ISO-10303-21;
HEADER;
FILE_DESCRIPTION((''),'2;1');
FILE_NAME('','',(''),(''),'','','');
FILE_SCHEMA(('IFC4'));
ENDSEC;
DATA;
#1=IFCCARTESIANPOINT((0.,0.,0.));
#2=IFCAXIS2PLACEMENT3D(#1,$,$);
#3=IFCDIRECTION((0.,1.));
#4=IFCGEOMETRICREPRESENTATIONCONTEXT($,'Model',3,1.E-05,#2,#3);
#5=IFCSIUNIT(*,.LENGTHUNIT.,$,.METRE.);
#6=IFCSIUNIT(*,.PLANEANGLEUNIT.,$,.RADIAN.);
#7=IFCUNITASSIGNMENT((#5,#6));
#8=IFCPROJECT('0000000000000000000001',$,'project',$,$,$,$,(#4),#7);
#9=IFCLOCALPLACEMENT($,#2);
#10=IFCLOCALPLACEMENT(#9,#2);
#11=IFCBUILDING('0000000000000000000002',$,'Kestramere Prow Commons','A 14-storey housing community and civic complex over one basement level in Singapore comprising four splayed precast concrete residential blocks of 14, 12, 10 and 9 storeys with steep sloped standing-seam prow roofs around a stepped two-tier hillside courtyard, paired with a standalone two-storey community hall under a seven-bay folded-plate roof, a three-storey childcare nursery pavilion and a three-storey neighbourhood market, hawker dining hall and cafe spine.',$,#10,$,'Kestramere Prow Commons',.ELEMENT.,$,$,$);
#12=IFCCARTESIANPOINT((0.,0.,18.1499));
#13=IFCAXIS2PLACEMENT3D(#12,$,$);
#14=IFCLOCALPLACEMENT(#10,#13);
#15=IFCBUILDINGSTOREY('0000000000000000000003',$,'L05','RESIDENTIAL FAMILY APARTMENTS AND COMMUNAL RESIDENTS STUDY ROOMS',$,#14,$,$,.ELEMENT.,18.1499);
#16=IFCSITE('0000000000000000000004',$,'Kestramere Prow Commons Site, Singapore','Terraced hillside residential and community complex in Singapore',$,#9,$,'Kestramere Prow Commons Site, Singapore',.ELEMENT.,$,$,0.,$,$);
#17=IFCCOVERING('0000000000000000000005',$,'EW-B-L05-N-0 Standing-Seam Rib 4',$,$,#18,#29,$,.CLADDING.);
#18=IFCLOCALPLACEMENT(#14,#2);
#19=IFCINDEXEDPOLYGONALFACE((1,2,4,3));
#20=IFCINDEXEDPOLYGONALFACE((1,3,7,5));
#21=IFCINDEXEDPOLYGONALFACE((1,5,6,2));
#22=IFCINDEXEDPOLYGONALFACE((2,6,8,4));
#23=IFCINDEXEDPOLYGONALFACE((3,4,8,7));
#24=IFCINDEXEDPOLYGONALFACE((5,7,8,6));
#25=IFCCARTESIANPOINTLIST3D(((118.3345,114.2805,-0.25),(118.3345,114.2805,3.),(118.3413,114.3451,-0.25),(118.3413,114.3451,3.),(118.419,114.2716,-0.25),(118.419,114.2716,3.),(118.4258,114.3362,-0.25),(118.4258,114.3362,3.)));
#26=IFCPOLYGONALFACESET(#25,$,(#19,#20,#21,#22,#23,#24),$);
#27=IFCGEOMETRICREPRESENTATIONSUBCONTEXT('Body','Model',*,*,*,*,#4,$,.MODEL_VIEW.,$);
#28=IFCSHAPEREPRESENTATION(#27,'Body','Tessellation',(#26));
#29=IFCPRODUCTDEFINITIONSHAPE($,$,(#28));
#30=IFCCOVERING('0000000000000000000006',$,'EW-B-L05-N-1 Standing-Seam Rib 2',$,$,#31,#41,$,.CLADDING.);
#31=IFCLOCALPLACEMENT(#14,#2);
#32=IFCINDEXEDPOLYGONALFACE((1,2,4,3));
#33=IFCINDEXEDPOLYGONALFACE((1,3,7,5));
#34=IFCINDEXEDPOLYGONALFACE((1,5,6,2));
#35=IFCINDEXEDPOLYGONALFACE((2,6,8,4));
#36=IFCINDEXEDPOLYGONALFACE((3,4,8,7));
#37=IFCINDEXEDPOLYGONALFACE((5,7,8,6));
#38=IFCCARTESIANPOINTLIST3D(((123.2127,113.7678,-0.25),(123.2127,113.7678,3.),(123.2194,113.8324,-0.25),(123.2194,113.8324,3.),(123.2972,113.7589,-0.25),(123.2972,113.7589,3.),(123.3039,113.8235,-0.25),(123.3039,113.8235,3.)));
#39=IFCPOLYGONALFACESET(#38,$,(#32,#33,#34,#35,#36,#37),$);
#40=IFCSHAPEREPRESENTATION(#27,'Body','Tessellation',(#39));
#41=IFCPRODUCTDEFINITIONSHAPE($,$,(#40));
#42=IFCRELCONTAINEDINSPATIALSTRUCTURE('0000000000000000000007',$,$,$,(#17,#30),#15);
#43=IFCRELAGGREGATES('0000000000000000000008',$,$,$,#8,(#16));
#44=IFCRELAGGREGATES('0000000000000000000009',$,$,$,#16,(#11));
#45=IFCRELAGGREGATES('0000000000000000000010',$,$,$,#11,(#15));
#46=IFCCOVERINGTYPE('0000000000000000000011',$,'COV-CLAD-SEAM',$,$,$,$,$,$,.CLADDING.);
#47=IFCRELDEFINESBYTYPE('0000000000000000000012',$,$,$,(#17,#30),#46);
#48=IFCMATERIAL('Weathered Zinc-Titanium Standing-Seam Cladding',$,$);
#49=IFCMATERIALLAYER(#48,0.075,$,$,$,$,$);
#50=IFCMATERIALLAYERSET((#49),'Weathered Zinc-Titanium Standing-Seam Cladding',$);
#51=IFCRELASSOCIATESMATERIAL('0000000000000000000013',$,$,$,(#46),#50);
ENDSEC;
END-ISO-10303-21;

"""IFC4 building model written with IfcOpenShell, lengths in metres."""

from ifc_helpers import new_model, si_unit, direction, frame, origin, origin_2d, place, context, subcontext, project, spatial, rectangle, extrude, material, layer, layer_set, type_object, element, save


model = new_model("IFC4")

# Units and contexts
model_context = context("Model", 3, precision=1e-05, world=origin(), true_north=direction((0.0, 1.0)))
body_context = subcontext(model_context, "Body", "Model", "MODEL_VIEW")
ifc_project = project(units=[si_unit("LENGTHUNIT", "METRE"), si_unit("PLANEANGLEUNIT", "RADIAN")], contexts=[model_context])

# Site, building, storey
site_placement = place(None, origin())
site = spatial("IfcSite", under=ifc_project, at=site_placement, Name="Kestramere Prow Commons Site, Singapore", Description="Terraced hillside residential and community complex in Singapore", LongName="Kestramere Prow Commons Site, Singapore", CompositionType="ELEMENT", RefElevation=0.0)
building_placement = place(site_placement, origin())
building = spatial("IfcBuilding", under=site, at=building_placement, Name="Kestramere Prow Commons", Description="A 14-storey housing community and civic complex over one basement level in Singapore comprising four splayed precast concrete residential blocks of 14, 12, 10 and 9 storeys with steep sloped standing-seam prow roofs around a stepped two-tier hillside courtyard, paired with a standalone two-storey community hall under a seven-bay folded-plate roof, a three-storey childcare nursery pavilion and a three-storey neighbourhood market, hawker dining hall and cafe spine.", LongName="Kestramere Prow Commons", CompositionType="ELEMENT")
storey_placement = place(building_placement, frame((0.0, 0.0, 18.1499)))
storey = spatial("IfcBuildingStorey", under=building, at=storey_placement, Name="L05", Description="RESIDENTIAL FAMILY APARTMENTS AND COMMUNAL RESIDENTS STUDY ROOMS", CompositionType="ELEMENT", Elevation=18.1499)

# Coverings
ifc_material_1 = material(Name="Weathered Zinc-Titanium Standing-Seam Cladding")
ifc_layer_1 = layer(ifc_material_1, 0.075)
ifc_layer_set_1 = layer_set([ifc_layer_1], Name="Weathered Zinc-Titanium Standing-Seam Cladding")
covering_type = type_object("IfcCoveringType", Name="COV-CLAD-SEAM", PredefinedType="CLADDING", material=ifc_layer_set_1)
for number, where, z_axis, x_axis, name in (
    (1, (118.3801, 114.3083, -0.25), (0.0, 0.0, 1.0), (0.994522, -0.104528, 0.0), "EW-B-L05-N-0 Standing-Seam Rib 4"),
    (2, (123.2583, 113.7957, -0.25), (0.0, 0.0, 1.0), (0.994522, -0.104528, 0.0), "EW-B-L05-N-1 Standing-Seam Rib 2"),
):
    element("IfcCovering", number, at=place(storey_placement, frame(where, z_axis=z_axis, x_axis=x_axis)), inside=storey, type_object=covering_type, Name=name, PredefinedType="CLADDING", context=body_context, shape_type="SweptSolid", body=[
        extrude(rectangle(XDim=0.085, YDim=0.0649, at=origin_2d()), origin(), (0.0, 0.0, 1.0), 3.25),
    ])

save(model, "model.ifc")
